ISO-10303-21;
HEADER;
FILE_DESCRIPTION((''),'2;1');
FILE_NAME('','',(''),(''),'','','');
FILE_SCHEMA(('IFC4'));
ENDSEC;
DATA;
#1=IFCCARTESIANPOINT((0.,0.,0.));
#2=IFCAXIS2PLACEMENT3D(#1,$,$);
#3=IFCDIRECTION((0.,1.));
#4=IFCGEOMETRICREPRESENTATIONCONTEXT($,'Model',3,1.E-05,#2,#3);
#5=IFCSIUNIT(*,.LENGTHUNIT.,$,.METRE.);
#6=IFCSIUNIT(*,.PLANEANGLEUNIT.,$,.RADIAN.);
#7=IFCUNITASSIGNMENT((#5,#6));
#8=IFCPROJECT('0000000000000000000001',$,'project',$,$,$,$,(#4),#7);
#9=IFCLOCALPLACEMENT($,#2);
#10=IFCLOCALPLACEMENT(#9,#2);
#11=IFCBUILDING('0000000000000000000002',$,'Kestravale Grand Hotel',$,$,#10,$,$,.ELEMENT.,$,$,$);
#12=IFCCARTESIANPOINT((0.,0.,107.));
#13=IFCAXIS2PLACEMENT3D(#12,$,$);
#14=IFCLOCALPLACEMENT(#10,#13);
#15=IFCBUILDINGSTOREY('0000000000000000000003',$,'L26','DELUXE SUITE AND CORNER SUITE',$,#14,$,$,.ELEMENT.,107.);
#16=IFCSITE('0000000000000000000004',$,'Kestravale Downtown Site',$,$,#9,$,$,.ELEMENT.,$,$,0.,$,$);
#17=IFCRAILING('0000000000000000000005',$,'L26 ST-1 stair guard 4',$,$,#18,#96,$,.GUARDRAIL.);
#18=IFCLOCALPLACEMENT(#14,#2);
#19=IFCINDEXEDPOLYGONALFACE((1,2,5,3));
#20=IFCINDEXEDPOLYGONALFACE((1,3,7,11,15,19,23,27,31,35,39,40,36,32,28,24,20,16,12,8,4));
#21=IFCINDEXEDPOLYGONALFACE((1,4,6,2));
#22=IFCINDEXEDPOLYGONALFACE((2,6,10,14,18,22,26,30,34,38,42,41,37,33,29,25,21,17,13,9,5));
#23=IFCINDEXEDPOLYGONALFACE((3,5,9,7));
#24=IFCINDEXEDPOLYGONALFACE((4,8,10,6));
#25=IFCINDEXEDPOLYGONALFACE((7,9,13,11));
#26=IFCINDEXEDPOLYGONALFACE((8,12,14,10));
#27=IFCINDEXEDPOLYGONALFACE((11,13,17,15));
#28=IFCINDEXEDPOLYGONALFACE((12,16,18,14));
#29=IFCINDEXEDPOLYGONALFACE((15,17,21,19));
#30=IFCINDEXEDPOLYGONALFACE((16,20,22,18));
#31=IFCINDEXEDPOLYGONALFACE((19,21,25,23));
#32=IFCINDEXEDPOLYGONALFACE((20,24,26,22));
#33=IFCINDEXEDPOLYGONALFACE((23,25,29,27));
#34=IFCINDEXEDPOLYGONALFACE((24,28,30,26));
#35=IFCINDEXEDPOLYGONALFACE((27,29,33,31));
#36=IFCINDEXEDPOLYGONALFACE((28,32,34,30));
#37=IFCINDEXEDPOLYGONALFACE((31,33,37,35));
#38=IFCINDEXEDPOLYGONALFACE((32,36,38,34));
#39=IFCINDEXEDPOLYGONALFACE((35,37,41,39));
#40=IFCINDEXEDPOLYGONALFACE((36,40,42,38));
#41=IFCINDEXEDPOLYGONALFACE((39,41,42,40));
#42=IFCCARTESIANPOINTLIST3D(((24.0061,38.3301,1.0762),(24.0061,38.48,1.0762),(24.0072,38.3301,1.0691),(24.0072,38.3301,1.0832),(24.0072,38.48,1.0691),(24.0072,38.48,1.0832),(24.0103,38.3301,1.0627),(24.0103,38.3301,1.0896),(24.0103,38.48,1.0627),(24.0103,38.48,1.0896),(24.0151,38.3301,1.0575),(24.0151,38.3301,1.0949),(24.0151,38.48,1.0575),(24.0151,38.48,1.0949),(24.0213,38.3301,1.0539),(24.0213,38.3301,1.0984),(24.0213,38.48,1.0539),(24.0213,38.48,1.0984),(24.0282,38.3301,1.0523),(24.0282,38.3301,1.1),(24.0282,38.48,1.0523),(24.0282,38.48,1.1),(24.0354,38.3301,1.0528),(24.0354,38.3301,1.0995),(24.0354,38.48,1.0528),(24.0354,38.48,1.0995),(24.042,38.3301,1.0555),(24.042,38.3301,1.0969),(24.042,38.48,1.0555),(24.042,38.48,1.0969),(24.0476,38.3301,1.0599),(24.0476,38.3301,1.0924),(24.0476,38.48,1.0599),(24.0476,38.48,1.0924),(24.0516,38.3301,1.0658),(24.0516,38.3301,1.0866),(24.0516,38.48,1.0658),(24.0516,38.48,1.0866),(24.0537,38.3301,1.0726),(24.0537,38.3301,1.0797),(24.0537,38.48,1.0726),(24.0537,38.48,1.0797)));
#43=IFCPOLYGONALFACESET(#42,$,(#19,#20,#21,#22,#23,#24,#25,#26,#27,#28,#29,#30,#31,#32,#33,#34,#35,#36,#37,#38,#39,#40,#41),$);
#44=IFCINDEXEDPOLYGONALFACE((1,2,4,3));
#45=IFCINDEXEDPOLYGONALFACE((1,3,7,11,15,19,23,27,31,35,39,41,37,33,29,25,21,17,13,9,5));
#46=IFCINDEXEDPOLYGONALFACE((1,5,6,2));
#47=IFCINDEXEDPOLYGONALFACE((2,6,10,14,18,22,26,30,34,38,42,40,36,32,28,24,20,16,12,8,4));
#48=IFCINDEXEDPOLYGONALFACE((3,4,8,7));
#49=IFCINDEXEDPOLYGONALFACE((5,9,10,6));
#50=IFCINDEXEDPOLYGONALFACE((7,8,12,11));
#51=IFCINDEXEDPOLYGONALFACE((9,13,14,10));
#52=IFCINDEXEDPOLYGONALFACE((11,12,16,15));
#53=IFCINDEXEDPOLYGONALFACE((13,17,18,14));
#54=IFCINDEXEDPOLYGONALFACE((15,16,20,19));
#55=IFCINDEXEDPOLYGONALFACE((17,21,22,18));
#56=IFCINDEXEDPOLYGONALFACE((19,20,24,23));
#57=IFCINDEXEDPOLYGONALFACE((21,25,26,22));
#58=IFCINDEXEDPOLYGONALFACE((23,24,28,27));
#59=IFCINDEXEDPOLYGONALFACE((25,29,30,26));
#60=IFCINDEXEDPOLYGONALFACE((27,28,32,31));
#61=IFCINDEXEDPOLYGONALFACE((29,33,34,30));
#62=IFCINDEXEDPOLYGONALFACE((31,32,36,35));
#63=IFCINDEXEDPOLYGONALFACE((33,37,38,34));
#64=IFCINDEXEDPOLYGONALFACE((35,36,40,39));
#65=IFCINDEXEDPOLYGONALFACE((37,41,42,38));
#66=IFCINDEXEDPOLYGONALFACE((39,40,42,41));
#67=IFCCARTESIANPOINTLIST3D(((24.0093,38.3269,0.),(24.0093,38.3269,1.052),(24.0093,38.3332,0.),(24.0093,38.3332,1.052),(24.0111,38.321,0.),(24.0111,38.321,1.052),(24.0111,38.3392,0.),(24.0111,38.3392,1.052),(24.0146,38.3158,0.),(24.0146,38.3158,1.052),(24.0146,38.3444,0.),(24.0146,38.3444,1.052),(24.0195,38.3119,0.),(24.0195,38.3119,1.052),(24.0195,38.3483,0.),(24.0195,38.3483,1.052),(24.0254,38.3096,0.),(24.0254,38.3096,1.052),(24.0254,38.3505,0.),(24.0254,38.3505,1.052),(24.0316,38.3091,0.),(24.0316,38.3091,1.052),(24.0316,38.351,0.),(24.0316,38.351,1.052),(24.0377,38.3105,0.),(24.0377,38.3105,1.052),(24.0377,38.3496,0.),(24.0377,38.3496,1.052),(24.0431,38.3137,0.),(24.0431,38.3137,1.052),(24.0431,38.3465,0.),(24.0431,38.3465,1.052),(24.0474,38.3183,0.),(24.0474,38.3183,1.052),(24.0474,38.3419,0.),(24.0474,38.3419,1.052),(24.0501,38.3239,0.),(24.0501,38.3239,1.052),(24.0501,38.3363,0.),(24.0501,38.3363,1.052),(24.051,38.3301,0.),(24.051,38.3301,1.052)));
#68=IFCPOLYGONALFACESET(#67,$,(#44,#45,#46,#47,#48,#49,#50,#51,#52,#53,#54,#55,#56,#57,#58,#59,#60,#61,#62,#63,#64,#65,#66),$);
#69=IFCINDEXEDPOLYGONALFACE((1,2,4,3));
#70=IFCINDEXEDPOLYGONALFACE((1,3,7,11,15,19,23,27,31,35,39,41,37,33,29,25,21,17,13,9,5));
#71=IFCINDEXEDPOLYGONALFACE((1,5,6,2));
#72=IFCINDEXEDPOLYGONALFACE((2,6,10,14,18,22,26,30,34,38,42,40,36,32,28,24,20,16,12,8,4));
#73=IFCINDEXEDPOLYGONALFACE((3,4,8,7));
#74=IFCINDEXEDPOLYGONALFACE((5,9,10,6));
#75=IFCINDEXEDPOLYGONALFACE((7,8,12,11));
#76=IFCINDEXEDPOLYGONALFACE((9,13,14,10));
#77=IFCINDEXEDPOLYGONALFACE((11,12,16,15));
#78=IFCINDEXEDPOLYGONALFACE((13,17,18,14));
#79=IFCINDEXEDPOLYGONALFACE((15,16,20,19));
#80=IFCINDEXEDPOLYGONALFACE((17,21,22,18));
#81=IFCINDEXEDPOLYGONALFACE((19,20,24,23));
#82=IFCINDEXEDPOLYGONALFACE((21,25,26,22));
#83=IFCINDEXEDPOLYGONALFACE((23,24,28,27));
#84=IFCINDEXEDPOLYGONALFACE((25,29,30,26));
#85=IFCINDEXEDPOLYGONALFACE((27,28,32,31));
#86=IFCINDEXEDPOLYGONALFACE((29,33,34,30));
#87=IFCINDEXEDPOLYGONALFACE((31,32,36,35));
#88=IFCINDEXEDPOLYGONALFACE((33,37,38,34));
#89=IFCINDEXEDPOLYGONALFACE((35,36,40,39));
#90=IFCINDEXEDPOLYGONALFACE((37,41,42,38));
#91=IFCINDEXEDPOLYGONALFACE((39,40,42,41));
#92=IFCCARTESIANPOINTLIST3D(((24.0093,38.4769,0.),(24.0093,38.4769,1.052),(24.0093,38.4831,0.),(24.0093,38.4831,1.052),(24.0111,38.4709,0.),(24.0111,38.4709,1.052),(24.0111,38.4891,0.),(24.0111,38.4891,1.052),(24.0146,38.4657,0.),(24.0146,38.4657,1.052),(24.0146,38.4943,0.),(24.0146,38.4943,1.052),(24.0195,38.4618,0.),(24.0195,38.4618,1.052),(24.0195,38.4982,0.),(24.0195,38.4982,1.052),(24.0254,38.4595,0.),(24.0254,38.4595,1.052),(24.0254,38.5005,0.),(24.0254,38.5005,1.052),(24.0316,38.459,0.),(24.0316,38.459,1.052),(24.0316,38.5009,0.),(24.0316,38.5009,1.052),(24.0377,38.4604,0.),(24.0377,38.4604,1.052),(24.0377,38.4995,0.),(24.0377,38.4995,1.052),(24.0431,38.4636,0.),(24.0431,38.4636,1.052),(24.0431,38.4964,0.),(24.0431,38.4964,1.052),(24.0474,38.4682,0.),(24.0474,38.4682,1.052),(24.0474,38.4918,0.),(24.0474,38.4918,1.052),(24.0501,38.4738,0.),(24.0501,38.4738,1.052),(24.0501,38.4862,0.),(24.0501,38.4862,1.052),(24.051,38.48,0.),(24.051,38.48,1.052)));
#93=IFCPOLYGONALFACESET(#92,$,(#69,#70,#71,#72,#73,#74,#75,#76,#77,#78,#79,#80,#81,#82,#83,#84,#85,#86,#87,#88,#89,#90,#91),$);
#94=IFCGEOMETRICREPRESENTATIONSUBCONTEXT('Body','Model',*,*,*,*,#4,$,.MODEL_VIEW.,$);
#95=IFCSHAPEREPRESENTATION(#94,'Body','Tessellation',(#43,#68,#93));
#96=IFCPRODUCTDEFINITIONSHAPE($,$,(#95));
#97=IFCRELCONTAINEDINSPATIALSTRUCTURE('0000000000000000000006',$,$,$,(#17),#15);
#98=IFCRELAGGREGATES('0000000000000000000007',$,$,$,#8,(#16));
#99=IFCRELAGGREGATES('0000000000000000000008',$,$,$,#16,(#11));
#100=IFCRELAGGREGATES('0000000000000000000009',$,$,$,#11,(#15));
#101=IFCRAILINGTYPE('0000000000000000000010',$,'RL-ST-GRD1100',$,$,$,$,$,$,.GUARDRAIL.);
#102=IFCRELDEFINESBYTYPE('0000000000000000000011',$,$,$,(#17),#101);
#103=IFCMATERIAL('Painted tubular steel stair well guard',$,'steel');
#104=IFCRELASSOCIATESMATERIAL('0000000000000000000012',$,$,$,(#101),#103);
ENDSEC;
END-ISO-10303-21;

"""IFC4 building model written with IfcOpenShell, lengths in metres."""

from ifc_helpers import new_model, si_unit, direction, frame, origin, origin_2d, place, context, subcontext, project, spatial, circle, extrude, material, type_object, element, save


model = new_model("IFC4")

# Units and contexts
model_context = context("Model", 3, precision=1e-05, world=origin(), true_north=direction((0.0, 1.0)))
body_context = subcontext(model_context, "Body", "Model", "MODEL_VIEW")
ifc_project = project(units=[si_unit("LENGTHUNIT", "METRE"), si_unit("PLANEANGLEUNIT", "RADIAN")], contexts=[model_context])

# Site, building, storey
site_placement = place(None, origin())
site = spatial("IfcSite", under=ifc_project, at=site_placement, Name="Kestravale Downtown Site", CompositionType="ELEMENT", RefElevation=0.0)
building_placement = place(site_placement, origin())
building = spatial("IfcBuilding", under=site, at=building_placement, Name="Kestravale Grand Hotel", CompositionType="ELEMENT")
storey_placement = place(building_placement, frame((0.0, 0.0, 107.0)))
storey = spatial("IfcBuildingStorey", under=building, at=storey_placement, Name="L26", Description="DELUXE SUITE AND CORNER SUITE", CompositionType="ELEMENT", Elevation=107.0)

# Railing
ifc_material_1 = material(Name="Painted tubular steel stair well guard", Category="steel")
railing_type_1 = type_object("IfcRailingType", Name="RL-ST-GRD1100", PredefinedType="GUARDRAIL", material=ifc_material_1)
railing_1_placement = place(storey_placement, frame((24.03, 38.3301, 0.0)))
element("IfcRailing", 1, at=railing_1_placement, inside=storey, type_object=railing_type_1, Name="L26 ST-1 stair guard 4", PredefinedType="GUARDRAIL", context=body_context, shape_type="SweptSolid", body=[
    extrude(circle(Radius=0.0239, at=origin_2d()), frame((0.0, 0.0, 1.0762), z_axis=(0.0, 1.0, 0.0), x_axis=(-1.0, 0.0, 0.0)), (0.0, 0.0, 1.0), 0.1499),
    extrude(circle(Radius=0.021, at=origin_2d()), origin(), (0.0, 0.0, 1.0), 1.052),
    extrude(circle(Radius=0.021, at=origin_2d()), frame((0.0, 0.1499, 0.0)), (0.0, 0.0, 1.0), 1.052),
])

save(model, "model.ifc")
